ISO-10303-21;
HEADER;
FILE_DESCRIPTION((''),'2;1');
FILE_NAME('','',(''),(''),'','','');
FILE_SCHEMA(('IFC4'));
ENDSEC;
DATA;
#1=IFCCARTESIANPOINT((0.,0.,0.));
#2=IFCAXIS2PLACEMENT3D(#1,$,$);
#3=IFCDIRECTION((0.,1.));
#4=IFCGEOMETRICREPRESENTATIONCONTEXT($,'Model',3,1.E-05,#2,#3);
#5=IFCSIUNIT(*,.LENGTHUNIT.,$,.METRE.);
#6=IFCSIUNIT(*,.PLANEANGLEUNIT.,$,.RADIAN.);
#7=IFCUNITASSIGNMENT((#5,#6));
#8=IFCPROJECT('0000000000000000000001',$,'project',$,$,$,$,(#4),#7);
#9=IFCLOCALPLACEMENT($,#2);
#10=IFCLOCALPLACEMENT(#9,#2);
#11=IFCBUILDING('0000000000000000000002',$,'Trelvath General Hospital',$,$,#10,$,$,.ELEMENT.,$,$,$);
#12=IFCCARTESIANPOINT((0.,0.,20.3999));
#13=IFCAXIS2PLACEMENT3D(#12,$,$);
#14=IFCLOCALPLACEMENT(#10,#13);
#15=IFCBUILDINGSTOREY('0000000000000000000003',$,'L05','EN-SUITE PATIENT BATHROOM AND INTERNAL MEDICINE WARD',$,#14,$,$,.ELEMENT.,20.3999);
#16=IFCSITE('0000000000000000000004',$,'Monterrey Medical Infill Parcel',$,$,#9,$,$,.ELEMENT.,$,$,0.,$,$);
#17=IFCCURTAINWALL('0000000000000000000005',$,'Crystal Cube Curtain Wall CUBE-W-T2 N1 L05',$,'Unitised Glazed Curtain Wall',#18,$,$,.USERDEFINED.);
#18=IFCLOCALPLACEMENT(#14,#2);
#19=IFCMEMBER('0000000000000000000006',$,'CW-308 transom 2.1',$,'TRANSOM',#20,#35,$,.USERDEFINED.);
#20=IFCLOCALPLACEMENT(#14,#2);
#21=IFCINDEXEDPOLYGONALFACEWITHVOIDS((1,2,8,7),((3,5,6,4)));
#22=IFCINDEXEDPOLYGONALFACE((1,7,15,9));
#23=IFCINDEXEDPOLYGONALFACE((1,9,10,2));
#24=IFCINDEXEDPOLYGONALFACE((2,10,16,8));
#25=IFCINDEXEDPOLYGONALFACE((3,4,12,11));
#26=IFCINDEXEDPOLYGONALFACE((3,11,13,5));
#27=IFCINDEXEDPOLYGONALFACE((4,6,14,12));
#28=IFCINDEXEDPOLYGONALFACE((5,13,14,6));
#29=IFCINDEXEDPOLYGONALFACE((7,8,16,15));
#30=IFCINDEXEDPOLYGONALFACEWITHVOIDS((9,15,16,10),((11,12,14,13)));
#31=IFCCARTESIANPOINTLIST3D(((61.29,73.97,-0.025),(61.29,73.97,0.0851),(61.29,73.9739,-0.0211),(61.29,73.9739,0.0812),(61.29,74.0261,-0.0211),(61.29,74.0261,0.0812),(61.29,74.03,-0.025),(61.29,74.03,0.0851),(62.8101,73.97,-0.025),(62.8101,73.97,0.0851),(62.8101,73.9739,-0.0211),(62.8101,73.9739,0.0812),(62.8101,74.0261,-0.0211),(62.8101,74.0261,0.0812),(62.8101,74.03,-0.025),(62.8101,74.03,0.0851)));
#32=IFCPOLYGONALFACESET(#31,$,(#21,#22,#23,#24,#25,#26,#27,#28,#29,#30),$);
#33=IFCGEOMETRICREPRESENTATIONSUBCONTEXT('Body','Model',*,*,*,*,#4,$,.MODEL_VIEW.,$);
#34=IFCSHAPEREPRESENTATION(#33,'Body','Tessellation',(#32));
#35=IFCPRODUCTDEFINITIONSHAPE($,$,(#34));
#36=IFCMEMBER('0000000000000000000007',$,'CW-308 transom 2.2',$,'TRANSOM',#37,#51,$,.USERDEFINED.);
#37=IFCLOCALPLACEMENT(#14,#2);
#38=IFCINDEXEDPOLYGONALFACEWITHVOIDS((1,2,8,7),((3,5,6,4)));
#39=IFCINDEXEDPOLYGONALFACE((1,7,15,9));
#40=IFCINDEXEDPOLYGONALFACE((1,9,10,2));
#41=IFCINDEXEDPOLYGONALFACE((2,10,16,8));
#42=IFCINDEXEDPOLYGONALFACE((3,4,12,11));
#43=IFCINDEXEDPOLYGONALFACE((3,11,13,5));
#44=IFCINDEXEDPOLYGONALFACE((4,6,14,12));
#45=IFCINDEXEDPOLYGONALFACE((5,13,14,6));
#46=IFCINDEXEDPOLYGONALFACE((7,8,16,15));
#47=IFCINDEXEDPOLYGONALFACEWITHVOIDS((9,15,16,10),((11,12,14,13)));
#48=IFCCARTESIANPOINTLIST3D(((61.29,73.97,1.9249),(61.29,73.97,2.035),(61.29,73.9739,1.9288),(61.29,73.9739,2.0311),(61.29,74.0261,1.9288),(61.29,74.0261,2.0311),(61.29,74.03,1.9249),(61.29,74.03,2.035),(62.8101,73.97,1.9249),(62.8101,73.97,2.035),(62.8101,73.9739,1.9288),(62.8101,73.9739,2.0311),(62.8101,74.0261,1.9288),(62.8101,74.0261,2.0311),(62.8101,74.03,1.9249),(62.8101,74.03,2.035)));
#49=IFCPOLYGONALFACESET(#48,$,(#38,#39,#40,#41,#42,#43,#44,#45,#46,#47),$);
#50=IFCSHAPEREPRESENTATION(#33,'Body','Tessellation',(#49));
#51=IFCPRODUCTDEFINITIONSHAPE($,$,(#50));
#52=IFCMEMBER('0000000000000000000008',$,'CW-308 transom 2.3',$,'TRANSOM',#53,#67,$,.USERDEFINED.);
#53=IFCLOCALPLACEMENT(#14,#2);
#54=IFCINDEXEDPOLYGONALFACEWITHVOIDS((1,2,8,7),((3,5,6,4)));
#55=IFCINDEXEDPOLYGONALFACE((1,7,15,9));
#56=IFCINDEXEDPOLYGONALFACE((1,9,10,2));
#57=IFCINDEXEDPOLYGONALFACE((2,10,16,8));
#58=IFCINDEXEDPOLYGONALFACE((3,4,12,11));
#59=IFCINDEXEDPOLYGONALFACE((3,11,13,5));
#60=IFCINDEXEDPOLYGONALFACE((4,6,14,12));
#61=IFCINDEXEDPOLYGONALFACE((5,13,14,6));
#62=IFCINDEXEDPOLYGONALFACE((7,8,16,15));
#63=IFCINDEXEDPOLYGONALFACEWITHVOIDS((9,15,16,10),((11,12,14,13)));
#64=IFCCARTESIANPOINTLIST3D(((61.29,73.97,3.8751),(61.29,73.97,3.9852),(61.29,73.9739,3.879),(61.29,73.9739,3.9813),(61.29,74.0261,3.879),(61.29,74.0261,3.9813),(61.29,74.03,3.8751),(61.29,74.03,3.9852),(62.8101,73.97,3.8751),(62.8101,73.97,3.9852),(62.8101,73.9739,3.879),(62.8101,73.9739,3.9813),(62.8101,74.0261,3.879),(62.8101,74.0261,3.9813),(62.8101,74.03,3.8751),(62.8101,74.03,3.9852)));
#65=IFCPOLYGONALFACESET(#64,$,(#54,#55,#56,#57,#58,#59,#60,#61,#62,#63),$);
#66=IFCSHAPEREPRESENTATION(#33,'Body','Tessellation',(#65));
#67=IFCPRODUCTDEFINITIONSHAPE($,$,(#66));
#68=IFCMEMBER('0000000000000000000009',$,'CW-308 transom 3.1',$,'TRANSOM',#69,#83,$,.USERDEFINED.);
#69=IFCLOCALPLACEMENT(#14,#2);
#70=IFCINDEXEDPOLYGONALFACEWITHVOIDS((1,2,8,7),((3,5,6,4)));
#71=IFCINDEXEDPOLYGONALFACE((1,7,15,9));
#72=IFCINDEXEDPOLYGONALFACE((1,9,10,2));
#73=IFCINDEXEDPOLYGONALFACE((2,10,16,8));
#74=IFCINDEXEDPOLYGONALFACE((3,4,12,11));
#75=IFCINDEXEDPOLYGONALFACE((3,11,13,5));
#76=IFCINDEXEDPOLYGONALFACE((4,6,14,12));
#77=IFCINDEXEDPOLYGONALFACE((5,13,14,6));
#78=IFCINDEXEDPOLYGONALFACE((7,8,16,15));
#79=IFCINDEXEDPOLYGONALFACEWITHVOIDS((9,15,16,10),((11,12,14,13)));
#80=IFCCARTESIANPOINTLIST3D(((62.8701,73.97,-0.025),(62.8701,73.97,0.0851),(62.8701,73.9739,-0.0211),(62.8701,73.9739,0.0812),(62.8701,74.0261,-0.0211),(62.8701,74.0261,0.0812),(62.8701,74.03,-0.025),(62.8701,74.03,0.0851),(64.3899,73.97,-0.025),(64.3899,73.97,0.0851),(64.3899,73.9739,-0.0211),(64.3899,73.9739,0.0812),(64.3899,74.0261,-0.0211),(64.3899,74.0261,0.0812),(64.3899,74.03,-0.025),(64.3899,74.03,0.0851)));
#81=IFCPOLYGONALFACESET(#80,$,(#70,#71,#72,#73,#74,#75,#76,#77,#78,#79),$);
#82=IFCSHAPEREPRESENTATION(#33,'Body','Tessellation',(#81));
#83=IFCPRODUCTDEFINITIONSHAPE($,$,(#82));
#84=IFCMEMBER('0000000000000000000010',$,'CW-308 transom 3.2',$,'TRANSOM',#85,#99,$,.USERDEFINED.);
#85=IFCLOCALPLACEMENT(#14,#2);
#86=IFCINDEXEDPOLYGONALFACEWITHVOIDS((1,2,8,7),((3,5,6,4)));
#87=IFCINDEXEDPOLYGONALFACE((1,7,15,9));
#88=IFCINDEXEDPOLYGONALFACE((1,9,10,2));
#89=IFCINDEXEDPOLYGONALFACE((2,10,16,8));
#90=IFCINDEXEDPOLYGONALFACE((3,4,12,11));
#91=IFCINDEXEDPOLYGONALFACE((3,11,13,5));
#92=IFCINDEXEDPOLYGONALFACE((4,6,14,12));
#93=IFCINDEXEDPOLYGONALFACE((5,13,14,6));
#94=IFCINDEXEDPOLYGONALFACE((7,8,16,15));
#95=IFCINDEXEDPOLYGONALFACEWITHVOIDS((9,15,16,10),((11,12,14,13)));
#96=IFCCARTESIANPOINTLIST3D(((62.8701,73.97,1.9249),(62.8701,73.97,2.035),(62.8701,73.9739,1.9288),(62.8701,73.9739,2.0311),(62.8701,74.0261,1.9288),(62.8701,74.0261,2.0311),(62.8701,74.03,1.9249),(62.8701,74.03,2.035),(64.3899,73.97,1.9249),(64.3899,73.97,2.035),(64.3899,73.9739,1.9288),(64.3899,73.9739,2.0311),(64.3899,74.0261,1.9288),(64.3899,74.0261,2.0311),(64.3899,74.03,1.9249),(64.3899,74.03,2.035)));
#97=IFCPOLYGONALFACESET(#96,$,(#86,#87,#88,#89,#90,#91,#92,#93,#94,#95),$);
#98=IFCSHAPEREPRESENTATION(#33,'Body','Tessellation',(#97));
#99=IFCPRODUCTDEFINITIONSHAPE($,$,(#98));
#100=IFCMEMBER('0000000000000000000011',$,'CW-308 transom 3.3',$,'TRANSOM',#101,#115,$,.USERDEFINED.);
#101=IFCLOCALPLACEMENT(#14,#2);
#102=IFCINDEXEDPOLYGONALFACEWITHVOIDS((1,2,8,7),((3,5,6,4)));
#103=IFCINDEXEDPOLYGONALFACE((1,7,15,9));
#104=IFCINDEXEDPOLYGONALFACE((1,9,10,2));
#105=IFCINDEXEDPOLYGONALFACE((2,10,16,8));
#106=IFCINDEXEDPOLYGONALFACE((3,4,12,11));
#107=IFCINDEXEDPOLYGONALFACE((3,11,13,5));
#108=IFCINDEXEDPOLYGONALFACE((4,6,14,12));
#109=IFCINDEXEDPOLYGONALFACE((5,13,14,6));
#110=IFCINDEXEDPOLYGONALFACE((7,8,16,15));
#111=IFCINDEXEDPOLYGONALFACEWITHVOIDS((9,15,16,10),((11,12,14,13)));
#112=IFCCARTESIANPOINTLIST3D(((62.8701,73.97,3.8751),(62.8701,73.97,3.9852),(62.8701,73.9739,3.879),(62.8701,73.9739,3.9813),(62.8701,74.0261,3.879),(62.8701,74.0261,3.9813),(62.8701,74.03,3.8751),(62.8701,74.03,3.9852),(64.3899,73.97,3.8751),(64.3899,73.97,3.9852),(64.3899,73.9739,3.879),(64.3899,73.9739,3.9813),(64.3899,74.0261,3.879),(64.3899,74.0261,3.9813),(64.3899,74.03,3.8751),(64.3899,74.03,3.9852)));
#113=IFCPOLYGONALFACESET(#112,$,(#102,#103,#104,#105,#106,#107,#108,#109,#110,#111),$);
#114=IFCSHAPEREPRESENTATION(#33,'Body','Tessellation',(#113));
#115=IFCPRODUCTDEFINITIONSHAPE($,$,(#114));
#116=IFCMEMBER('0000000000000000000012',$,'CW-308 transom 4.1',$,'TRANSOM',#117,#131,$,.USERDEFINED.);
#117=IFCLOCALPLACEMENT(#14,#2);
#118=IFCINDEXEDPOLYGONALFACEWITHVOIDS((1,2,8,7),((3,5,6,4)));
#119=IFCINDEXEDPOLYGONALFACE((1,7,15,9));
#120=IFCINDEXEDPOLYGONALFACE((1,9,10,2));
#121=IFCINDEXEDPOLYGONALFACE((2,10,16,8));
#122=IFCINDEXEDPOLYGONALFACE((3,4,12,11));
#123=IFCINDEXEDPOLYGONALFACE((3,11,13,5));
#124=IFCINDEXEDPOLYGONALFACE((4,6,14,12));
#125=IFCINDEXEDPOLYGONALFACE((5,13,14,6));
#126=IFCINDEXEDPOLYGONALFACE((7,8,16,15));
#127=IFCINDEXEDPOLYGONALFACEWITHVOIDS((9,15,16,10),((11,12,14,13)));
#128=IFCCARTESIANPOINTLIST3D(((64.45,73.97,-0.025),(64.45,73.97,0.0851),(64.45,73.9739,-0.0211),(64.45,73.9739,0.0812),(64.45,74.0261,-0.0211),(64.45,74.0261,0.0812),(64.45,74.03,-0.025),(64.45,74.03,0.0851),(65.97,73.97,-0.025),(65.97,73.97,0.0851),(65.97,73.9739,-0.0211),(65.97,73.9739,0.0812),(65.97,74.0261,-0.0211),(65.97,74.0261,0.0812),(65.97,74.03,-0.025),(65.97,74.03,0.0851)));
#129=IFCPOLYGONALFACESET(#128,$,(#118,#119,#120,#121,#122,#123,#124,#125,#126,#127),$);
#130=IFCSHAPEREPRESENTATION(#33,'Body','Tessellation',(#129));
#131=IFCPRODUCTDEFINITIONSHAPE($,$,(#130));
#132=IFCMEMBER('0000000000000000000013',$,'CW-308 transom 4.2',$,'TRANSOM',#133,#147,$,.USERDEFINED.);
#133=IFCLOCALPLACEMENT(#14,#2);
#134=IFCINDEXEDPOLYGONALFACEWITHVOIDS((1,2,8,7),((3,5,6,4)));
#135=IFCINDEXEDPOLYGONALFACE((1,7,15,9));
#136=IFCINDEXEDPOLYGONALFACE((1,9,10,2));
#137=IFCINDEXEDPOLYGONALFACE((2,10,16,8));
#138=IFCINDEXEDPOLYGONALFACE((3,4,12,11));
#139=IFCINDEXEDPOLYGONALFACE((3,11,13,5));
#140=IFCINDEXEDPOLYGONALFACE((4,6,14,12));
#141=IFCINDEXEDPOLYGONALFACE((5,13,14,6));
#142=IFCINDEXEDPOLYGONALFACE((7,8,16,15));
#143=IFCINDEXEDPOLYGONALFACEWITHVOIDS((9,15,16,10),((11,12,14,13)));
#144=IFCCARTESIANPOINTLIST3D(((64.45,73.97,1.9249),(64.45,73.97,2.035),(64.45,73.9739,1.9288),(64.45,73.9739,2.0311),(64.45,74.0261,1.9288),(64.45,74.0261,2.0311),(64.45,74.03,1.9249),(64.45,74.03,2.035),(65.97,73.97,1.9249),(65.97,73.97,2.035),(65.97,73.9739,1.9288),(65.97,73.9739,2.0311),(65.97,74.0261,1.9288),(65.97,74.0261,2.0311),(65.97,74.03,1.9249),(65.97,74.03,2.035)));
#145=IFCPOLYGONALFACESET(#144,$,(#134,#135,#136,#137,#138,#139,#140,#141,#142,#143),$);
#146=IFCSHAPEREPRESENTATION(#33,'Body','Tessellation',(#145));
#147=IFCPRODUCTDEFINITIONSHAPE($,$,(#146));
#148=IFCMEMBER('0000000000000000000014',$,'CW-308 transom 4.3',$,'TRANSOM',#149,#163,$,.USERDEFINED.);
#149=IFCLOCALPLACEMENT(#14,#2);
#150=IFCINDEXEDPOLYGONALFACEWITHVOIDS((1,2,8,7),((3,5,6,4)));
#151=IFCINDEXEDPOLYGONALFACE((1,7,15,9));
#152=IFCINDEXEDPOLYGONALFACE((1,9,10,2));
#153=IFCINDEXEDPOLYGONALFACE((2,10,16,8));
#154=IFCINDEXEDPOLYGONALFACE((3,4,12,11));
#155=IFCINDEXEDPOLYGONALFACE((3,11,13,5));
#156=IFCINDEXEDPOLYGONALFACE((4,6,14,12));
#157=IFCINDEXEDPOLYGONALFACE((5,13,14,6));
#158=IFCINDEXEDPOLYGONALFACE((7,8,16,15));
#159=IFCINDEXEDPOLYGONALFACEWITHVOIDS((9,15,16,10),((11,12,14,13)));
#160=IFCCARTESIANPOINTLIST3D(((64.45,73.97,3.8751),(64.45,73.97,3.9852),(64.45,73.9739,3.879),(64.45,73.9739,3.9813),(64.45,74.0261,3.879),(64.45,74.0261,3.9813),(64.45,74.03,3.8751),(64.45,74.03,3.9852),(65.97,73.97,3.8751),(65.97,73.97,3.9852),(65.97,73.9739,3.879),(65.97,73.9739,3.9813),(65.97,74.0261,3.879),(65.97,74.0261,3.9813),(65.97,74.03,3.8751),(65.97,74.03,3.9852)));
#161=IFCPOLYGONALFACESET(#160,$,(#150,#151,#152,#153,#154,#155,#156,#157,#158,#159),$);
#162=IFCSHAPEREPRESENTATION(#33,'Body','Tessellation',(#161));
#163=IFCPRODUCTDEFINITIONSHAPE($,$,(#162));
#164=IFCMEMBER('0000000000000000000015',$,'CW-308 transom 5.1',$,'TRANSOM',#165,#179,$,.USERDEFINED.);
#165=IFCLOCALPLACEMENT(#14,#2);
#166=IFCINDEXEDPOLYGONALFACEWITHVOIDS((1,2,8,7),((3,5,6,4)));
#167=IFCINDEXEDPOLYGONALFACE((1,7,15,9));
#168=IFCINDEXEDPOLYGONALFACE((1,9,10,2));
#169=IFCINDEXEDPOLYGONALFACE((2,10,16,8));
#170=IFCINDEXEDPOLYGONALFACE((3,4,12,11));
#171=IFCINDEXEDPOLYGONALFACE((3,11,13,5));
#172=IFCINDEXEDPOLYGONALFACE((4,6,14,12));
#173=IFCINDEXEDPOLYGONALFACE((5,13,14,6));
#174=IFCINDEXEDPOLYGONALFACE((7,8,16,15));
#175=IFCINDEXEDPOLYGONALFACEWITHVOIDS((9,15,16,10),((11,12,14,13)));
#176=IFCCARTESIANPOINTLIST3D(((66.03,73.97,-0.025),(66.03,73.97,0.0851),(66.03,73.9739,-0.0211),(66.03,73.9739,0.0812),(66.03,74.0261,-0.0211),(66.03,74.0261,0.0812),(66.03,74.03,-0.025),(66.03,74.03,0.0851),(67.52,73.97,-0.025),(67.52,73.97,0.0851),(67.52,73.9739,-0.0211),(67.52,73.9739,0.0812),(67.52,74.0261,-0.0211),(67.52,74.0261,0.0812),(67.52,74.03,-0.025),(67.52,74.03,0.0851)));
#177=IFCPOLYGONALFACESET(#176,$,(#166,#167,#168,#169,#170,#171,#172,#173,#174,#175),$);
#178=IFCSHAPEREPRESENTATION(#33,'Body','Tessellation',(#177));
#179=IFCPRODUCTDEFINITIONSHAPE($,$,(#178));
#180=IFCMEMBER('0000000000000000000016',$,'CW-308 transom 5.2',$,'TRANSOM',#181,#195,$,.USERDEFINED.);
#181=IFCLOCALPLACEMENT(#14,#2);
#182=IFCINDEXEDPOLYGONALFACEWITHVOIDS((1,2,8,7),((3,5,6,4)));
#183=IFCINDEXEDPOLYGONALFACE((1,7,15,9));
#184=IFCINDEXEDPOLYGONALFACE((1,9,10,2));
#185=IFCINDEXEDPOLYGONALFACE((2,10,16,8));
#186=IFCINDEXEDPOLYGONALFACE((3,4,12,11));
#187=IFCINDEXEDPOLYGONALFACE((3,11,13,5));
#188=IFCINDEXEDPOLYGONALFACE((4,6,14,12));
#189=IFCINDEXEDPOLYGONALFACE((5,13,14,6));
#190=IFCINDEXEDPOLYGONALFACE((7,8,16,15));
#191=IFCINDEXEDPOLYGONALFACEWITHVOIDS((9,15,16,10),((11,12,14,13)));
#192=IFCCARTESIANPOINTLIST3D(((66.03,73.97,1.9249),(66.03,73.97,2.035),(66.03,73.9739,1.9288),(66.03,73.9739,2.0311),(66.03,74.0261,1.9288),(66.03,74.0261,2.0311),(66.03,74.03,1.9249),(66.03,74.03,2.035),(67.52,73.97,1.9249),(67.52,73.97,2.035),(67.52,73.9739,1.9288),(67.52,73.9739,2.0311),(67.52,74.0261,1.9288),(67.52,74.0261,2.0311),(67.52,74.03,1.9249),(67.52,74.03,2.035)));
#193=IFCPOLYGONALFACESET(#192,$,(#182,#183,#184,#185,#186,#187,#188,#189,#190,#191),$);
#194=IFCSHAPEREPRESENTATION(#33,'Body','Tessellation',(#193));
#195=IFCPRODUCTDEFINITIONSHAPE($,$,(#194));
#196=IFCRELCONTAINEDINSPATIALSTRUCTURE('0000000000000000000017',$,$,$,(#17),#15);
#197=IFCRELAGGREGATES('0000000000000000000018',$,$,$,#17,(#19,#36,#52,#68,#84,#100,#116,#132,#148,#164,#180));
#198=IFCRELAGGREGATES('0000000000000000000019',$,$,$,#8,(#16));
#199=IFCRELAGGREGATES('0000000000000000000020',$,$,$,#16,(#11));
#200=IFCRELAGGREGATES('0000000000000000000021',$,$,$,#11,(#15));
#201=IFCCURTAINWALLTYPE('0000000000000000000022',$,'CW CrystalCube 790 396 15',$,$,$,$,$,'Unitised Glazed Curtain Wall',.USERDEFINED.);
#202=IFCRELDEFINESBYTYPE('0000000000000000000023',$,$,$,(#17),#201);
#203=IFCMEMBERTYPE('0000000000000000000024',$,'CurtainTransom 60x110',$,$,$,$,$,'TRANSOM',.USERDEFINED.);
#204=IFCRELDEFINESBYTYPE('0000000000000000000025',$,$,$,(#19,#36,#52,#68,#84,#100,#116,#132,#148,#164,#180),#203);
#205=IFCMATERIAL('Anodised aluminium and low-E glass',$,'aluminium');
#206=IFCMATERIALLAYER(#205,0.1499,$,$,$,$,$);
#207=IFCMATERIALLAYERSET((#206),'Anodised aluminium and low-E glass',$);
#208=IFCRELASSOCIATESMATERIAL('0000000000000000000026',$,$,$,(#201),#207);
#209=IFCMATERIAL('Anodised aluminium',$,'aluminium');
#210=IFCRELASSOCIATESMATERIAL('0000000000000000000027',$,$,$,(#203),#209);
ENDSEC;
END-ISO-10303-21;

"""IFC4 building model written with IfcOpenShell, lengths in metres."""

from ifc_helpers import new_model, si_unit, direction, frame, origin, origin_2d, place, context, subcontext, project, spatial, hollow_rectangle, extrude, material, layer, layer_set, material_profile, profile_set, type_object, element, aggregate, save


model = new_model("IFC4")

# Units and contexts
model_context = context("Model", 3, precision=1e-05, world=origin(), true_north=direction((0.0, 1.0)))
body_context = subcontext(model_context, "Body", "Model", "MODEL_VIEW")
ifc_project = project(units=[si_unit("LENGTHUNIT", "METRE"), si_unit("PLANEANGLEUNIT", "RADIAN")], contexts=[model_context])

# Site, building, storey
site_placement = place(None, origin())
site = spatial("IfcSite", under=ifc_project, at=site_placement, Name="Monterrey Medical Infill Parcel", CompositionType="ELEMENT", RefElevation=0.0)
building_placement = place(site_placement, origin())
building = spatial("IfcBuilding", under=site, at=building_placement, Name="Trelvath General Hospital", CompositionType="ELEMENT")
storey_placement = place(building_placement, frame((0.0, 0.0, 20.3999)))
storey = spatial("IfcBuildingStorey", under=building, at=storey_placement, Name="L05", Description="EN-SUITE PATIENT BATHROOM AND INTERNAL MEDICINE WARD", CompositionType="ELEMENT", Elevation=20.3999)

# Curtain wall
ifc_material_1 = material(Name="Anodised aluminium and low-E glass", Category="aluminium")
ifc_layer_1 = layer(ifc_material_1, 0.1499)
ifc_layer_set_1 = layer_set([ifc_layer_1], Name="Anodised aluminium and low-E glass")
curtain_wall_type_1 = type_object("IfcCurtainWallType", Name="CW CrystalCube 790 396 15", ElementType="Unitised Glazed Curtain Wall", PredefinedType="USERDEFINED", material=ifc_layer_set_1)
curtain_wall_1_placement = place(storey_placement, origin())
curtain_wall_1 = element("IfcCurtainWall", 1, at=curtain_wall_1_placement, inside=storey, type_object=curtain_wall_type_1, Name="Crystal Cube Curtain Wall CUBE-W-T2 N1 L05", ObjectType="Unitised Glazed Curtain Wall", PredefinedType="USERDEFINED")

# Members
ifc_material_2 = material(Name="Anodised aluminium", Category="aluminium")
ifc_material_profile_1 = material_profile(ifc_material_2, hollow_rectangle(XDim=0.0601, YDim=0.1101, WallThickness=0.0039, at=origin_2d()), Name="RHS60x110x4")
ifc_profile_set_1 = profile_set([ifc_material_profile_1], Name="Anodised aluminium")
member_type_1 = type_object("IfcMemberType", Name="CurtainTransom 60x110", ElementType="TRANSOM", PredefinedType="USERDEFINED", material=ifc_profile_set_1)
member_1_placement = place(storey_placement, frame((61.29, 74.0, 0.03), z_axis=(1.0, 0.0, 0.0), x_axis=(0.0, 1.0, 0.0)))
member_1 = element("IfcMember", 2, at=member_1_placement, type_object=member_type_1, Name="CW-308 transom 2.1", ObjectType="TRANSOM", PredefinedType="USERDEFINED", context=body_context, shape_type="SweptSolid", body=[
    extrude(hollow_rectangle(XDim=0.0601, YDim=0.1101, WallThickness=0.0039, at=origin_2d()), origin(), (0.0, 0.0, 1.0), 1.52),
])
member_2_placement = place(storey_placement, frame((61.29, 74.0, 1.98), z_axis=(1.0, 0.0, 0.0), x_axis=(0.0, 1.0, 0.0)))
member_2 = element("IfcMember", 3, at=member_2_placement, type_object=member_type_1, Name="CW-308 transom 2.2", ObjectType="TRANSOM", PredefinedType="USERDEFINED", context=body_context, shape_type="SweptSolid", body=[
    extrude(hollow_rectangle(XDim=0.0601, YDim=0.1101, WallThickness=0.0039, at=origin_2d()), origin(), (0.0, 0.0, 1.0), 1.52),
])
member_3_placement = place(storey_placement, frame((61.29, 74.0, 3.9302), z_axis=(1.0, 0.0, 0.0), x_axis=(0.0, 1.0, 0.0)))
member_3 = element("IfcMember", 4, at=member_3_placement, type_object=member_type_1, Name="CW-308 transom 2.3", ObjectType="TRANSOM", PredefinedType="USERDEFINED", context=body_context, shape_type="SweptSolid", body=[
    extrude(hollow_rectangle(XDim=0.0601, YDim=0.1101, WallThickness=0.0039, at=origin_2d()), origin(), (0.0, 0.0, 1.0), 1.52),
])
member_4_placement = place(storey_placement, frame((62.8701, 74.0, 0.03), z_axis=(1.0, 0.0, 0.0), x_axis=(0.0, 1.0, 0.0)))
member_4 = element("IfcMember", 5, at=member_4_placement, type_object=member_type_1, Name="CW-308 transom 3.1", ObjectType="TRANSOM", PredefinedType="USERDEFINED", context=body_context, shape_type="SweptSolid", body=[
    extrude(hollow_rectangle(XDim=0.0601, YDim=0.1101, WallThickness=0.0039, at=origin_2d()), origin(), (0.0, 0.0, 1.0), 1.5198),
])
member_5_placement = place(storey_placement, frame((62.8701, 74.0, 1.98), z_axis=(1.0, 0.0, 0.0), x_axis=(0.0, 1.0, 0.0)))
member_5 = element("IfcMember", 6, at=member_5_placement, type_object=member_type_1, Name="CW-308 transom 3.2", ObjectType="TRANSOM", PredefinedType="USERDEFINED", context=body_context, shape_type="SweptSolid", body=[
    extrude(hollow_rectangle(XDim=0.0601, YDim=0.1101, WallThickness=0.0039, at=origin_2d()), origin(), (0.0, 0.0, 1.0), 1.5198),
])
member_6_placement = place(storey_placement, frame((62.8701, 74.0, 3.9302), z_axis=(1.0, 0.0, 0.0), x_axis=(0.0, 1.0, 0.0)))
member_6 = element("IfcMember", 7, at=member_6_placement, type_object=member_type_1, Name="CW-308 transom 3.3", ObjectType="TRANSOM", PredefinedType="USERDEFINED", context=body_context, shape_type="SweptSolid", body=[
    extrude(hollow_rectangle(XDim=0.0601, YDim=0.1101, WallThickness=0.0039, at=origin_2d()), origin(), (0.0, 0.0, 1.0), 1.5198),
])
member_7_placement = place(storey_placement, frame((64.45, 74.0, 0.03), z_axis=(1.0, 0.0, 0.0), x_axis=(0.0, 1.0, 0.0)))
member_7 = element("IfcMember", 8, at=member_7_placement, type_object=member_type_1, Name="CW-308 transom 4.1", ObjectType="TRANSOM", PredefinedType="USERDEFINED", context=body_context, shape_type="SweptSolid", body=[
    extrude(hollow_rectangle(XDim=0.0601, YDim=0.1101, WallThickness=0.0039, at=origin_2d()), origin(), (0.0, 0.0, 1.0), 1.52),
])
member_8_placement = place(storey_placement, frame((64.45, 74.0, 1.98), z_axis=(1.0, 0.0, 0.0), x_axis=(0.0, 1.0, 0.0)))
member_8 = element("IfcMember", 9, at=member_8_placement, type_object=member_type_1, Name="CW-308 transom 4.2", ObjectType="TRANSOM", PredefinedType="USERDEFINED", context=body_context, shape_type="SweptSolid", body=[
    extrude(hollow_rectangle(XDim=0.0601, YDim=0.1101, WallThickness=0.0039, at=origin_2d()), origin(), (0.0, 0.0, 1.0), 1.52),
])
member_9_placement = place(storey_placement, frame((64.45, 74.0, 3.9302), z_axis=(1.0, 0.0, 0.0), x_axis=(0.0, 1.0, 0.0)))
member_9 = element("IfcMember", 10, at=member_9_placement, type_object=member_type_1, Name="CW-308 transom 4.3", ObjectType="TRANSOM", PredefinedType="USERDEFINED", context=body_context, shape_type="SweptSolid", body=[
    extrude(hollow_rectangle(XDim=0.0601, YDim=0.1101, WallThickness=0.0039, at=origin_2d()), origin(), (0.0, 0.0, 1.0), 1.52),
])
member_10_placement = place(storey_placement, frame((66.03, 74.0, 0.03), z_axis=(1.0, 0.0, 0.0), x_axis=(0.0, 1.0, 0.0)))
member_10 = element("IfcMember", 11, at=member_10_placement, type_object=member_type_1, Name="CW-308 transom 5.1", ObjectType="TRANSOM", PredefinedType="USERDEFINED", context=body_context, shape_type="SweptSolid", body=[
    extrude(hollow_rectangle(XDim=0.0601, YDim=0.1101, WallThickness=0.0039, at=origin_2d()), origin(), (0.0, 0.0, 1.0), 1.49),
])
member_11_placement = place(storey_placement, frame((66.03, 74.0, 1.98), z_axis=(1.0, 0.0, 0.0), x_axis=(0.0, 1.0, 0.0)))
member_11 = element("IfcMember", 12, at=member_11_placement, type_object=member_type_1, Name="CW-308 transom 5.2", ObjectType="TRANSOM", PredefinedType="USERDEFINED", context=body_context, shape_type="SweptSolid", body=[
    extrude(hollow_rectangle(XDim=0.0601, YDim=0.1101, WallThickness=0.0039, at=origin_2d()), origin(), (0.0, 0.0, 1.0), 1.49),
])

aggregate(curtain_wall_1, [member_1, member_2, member_3, member_4, member_5, member_6, member_7, member_8, member_9, member_10, member_11])

save(model, "model.ifc")
